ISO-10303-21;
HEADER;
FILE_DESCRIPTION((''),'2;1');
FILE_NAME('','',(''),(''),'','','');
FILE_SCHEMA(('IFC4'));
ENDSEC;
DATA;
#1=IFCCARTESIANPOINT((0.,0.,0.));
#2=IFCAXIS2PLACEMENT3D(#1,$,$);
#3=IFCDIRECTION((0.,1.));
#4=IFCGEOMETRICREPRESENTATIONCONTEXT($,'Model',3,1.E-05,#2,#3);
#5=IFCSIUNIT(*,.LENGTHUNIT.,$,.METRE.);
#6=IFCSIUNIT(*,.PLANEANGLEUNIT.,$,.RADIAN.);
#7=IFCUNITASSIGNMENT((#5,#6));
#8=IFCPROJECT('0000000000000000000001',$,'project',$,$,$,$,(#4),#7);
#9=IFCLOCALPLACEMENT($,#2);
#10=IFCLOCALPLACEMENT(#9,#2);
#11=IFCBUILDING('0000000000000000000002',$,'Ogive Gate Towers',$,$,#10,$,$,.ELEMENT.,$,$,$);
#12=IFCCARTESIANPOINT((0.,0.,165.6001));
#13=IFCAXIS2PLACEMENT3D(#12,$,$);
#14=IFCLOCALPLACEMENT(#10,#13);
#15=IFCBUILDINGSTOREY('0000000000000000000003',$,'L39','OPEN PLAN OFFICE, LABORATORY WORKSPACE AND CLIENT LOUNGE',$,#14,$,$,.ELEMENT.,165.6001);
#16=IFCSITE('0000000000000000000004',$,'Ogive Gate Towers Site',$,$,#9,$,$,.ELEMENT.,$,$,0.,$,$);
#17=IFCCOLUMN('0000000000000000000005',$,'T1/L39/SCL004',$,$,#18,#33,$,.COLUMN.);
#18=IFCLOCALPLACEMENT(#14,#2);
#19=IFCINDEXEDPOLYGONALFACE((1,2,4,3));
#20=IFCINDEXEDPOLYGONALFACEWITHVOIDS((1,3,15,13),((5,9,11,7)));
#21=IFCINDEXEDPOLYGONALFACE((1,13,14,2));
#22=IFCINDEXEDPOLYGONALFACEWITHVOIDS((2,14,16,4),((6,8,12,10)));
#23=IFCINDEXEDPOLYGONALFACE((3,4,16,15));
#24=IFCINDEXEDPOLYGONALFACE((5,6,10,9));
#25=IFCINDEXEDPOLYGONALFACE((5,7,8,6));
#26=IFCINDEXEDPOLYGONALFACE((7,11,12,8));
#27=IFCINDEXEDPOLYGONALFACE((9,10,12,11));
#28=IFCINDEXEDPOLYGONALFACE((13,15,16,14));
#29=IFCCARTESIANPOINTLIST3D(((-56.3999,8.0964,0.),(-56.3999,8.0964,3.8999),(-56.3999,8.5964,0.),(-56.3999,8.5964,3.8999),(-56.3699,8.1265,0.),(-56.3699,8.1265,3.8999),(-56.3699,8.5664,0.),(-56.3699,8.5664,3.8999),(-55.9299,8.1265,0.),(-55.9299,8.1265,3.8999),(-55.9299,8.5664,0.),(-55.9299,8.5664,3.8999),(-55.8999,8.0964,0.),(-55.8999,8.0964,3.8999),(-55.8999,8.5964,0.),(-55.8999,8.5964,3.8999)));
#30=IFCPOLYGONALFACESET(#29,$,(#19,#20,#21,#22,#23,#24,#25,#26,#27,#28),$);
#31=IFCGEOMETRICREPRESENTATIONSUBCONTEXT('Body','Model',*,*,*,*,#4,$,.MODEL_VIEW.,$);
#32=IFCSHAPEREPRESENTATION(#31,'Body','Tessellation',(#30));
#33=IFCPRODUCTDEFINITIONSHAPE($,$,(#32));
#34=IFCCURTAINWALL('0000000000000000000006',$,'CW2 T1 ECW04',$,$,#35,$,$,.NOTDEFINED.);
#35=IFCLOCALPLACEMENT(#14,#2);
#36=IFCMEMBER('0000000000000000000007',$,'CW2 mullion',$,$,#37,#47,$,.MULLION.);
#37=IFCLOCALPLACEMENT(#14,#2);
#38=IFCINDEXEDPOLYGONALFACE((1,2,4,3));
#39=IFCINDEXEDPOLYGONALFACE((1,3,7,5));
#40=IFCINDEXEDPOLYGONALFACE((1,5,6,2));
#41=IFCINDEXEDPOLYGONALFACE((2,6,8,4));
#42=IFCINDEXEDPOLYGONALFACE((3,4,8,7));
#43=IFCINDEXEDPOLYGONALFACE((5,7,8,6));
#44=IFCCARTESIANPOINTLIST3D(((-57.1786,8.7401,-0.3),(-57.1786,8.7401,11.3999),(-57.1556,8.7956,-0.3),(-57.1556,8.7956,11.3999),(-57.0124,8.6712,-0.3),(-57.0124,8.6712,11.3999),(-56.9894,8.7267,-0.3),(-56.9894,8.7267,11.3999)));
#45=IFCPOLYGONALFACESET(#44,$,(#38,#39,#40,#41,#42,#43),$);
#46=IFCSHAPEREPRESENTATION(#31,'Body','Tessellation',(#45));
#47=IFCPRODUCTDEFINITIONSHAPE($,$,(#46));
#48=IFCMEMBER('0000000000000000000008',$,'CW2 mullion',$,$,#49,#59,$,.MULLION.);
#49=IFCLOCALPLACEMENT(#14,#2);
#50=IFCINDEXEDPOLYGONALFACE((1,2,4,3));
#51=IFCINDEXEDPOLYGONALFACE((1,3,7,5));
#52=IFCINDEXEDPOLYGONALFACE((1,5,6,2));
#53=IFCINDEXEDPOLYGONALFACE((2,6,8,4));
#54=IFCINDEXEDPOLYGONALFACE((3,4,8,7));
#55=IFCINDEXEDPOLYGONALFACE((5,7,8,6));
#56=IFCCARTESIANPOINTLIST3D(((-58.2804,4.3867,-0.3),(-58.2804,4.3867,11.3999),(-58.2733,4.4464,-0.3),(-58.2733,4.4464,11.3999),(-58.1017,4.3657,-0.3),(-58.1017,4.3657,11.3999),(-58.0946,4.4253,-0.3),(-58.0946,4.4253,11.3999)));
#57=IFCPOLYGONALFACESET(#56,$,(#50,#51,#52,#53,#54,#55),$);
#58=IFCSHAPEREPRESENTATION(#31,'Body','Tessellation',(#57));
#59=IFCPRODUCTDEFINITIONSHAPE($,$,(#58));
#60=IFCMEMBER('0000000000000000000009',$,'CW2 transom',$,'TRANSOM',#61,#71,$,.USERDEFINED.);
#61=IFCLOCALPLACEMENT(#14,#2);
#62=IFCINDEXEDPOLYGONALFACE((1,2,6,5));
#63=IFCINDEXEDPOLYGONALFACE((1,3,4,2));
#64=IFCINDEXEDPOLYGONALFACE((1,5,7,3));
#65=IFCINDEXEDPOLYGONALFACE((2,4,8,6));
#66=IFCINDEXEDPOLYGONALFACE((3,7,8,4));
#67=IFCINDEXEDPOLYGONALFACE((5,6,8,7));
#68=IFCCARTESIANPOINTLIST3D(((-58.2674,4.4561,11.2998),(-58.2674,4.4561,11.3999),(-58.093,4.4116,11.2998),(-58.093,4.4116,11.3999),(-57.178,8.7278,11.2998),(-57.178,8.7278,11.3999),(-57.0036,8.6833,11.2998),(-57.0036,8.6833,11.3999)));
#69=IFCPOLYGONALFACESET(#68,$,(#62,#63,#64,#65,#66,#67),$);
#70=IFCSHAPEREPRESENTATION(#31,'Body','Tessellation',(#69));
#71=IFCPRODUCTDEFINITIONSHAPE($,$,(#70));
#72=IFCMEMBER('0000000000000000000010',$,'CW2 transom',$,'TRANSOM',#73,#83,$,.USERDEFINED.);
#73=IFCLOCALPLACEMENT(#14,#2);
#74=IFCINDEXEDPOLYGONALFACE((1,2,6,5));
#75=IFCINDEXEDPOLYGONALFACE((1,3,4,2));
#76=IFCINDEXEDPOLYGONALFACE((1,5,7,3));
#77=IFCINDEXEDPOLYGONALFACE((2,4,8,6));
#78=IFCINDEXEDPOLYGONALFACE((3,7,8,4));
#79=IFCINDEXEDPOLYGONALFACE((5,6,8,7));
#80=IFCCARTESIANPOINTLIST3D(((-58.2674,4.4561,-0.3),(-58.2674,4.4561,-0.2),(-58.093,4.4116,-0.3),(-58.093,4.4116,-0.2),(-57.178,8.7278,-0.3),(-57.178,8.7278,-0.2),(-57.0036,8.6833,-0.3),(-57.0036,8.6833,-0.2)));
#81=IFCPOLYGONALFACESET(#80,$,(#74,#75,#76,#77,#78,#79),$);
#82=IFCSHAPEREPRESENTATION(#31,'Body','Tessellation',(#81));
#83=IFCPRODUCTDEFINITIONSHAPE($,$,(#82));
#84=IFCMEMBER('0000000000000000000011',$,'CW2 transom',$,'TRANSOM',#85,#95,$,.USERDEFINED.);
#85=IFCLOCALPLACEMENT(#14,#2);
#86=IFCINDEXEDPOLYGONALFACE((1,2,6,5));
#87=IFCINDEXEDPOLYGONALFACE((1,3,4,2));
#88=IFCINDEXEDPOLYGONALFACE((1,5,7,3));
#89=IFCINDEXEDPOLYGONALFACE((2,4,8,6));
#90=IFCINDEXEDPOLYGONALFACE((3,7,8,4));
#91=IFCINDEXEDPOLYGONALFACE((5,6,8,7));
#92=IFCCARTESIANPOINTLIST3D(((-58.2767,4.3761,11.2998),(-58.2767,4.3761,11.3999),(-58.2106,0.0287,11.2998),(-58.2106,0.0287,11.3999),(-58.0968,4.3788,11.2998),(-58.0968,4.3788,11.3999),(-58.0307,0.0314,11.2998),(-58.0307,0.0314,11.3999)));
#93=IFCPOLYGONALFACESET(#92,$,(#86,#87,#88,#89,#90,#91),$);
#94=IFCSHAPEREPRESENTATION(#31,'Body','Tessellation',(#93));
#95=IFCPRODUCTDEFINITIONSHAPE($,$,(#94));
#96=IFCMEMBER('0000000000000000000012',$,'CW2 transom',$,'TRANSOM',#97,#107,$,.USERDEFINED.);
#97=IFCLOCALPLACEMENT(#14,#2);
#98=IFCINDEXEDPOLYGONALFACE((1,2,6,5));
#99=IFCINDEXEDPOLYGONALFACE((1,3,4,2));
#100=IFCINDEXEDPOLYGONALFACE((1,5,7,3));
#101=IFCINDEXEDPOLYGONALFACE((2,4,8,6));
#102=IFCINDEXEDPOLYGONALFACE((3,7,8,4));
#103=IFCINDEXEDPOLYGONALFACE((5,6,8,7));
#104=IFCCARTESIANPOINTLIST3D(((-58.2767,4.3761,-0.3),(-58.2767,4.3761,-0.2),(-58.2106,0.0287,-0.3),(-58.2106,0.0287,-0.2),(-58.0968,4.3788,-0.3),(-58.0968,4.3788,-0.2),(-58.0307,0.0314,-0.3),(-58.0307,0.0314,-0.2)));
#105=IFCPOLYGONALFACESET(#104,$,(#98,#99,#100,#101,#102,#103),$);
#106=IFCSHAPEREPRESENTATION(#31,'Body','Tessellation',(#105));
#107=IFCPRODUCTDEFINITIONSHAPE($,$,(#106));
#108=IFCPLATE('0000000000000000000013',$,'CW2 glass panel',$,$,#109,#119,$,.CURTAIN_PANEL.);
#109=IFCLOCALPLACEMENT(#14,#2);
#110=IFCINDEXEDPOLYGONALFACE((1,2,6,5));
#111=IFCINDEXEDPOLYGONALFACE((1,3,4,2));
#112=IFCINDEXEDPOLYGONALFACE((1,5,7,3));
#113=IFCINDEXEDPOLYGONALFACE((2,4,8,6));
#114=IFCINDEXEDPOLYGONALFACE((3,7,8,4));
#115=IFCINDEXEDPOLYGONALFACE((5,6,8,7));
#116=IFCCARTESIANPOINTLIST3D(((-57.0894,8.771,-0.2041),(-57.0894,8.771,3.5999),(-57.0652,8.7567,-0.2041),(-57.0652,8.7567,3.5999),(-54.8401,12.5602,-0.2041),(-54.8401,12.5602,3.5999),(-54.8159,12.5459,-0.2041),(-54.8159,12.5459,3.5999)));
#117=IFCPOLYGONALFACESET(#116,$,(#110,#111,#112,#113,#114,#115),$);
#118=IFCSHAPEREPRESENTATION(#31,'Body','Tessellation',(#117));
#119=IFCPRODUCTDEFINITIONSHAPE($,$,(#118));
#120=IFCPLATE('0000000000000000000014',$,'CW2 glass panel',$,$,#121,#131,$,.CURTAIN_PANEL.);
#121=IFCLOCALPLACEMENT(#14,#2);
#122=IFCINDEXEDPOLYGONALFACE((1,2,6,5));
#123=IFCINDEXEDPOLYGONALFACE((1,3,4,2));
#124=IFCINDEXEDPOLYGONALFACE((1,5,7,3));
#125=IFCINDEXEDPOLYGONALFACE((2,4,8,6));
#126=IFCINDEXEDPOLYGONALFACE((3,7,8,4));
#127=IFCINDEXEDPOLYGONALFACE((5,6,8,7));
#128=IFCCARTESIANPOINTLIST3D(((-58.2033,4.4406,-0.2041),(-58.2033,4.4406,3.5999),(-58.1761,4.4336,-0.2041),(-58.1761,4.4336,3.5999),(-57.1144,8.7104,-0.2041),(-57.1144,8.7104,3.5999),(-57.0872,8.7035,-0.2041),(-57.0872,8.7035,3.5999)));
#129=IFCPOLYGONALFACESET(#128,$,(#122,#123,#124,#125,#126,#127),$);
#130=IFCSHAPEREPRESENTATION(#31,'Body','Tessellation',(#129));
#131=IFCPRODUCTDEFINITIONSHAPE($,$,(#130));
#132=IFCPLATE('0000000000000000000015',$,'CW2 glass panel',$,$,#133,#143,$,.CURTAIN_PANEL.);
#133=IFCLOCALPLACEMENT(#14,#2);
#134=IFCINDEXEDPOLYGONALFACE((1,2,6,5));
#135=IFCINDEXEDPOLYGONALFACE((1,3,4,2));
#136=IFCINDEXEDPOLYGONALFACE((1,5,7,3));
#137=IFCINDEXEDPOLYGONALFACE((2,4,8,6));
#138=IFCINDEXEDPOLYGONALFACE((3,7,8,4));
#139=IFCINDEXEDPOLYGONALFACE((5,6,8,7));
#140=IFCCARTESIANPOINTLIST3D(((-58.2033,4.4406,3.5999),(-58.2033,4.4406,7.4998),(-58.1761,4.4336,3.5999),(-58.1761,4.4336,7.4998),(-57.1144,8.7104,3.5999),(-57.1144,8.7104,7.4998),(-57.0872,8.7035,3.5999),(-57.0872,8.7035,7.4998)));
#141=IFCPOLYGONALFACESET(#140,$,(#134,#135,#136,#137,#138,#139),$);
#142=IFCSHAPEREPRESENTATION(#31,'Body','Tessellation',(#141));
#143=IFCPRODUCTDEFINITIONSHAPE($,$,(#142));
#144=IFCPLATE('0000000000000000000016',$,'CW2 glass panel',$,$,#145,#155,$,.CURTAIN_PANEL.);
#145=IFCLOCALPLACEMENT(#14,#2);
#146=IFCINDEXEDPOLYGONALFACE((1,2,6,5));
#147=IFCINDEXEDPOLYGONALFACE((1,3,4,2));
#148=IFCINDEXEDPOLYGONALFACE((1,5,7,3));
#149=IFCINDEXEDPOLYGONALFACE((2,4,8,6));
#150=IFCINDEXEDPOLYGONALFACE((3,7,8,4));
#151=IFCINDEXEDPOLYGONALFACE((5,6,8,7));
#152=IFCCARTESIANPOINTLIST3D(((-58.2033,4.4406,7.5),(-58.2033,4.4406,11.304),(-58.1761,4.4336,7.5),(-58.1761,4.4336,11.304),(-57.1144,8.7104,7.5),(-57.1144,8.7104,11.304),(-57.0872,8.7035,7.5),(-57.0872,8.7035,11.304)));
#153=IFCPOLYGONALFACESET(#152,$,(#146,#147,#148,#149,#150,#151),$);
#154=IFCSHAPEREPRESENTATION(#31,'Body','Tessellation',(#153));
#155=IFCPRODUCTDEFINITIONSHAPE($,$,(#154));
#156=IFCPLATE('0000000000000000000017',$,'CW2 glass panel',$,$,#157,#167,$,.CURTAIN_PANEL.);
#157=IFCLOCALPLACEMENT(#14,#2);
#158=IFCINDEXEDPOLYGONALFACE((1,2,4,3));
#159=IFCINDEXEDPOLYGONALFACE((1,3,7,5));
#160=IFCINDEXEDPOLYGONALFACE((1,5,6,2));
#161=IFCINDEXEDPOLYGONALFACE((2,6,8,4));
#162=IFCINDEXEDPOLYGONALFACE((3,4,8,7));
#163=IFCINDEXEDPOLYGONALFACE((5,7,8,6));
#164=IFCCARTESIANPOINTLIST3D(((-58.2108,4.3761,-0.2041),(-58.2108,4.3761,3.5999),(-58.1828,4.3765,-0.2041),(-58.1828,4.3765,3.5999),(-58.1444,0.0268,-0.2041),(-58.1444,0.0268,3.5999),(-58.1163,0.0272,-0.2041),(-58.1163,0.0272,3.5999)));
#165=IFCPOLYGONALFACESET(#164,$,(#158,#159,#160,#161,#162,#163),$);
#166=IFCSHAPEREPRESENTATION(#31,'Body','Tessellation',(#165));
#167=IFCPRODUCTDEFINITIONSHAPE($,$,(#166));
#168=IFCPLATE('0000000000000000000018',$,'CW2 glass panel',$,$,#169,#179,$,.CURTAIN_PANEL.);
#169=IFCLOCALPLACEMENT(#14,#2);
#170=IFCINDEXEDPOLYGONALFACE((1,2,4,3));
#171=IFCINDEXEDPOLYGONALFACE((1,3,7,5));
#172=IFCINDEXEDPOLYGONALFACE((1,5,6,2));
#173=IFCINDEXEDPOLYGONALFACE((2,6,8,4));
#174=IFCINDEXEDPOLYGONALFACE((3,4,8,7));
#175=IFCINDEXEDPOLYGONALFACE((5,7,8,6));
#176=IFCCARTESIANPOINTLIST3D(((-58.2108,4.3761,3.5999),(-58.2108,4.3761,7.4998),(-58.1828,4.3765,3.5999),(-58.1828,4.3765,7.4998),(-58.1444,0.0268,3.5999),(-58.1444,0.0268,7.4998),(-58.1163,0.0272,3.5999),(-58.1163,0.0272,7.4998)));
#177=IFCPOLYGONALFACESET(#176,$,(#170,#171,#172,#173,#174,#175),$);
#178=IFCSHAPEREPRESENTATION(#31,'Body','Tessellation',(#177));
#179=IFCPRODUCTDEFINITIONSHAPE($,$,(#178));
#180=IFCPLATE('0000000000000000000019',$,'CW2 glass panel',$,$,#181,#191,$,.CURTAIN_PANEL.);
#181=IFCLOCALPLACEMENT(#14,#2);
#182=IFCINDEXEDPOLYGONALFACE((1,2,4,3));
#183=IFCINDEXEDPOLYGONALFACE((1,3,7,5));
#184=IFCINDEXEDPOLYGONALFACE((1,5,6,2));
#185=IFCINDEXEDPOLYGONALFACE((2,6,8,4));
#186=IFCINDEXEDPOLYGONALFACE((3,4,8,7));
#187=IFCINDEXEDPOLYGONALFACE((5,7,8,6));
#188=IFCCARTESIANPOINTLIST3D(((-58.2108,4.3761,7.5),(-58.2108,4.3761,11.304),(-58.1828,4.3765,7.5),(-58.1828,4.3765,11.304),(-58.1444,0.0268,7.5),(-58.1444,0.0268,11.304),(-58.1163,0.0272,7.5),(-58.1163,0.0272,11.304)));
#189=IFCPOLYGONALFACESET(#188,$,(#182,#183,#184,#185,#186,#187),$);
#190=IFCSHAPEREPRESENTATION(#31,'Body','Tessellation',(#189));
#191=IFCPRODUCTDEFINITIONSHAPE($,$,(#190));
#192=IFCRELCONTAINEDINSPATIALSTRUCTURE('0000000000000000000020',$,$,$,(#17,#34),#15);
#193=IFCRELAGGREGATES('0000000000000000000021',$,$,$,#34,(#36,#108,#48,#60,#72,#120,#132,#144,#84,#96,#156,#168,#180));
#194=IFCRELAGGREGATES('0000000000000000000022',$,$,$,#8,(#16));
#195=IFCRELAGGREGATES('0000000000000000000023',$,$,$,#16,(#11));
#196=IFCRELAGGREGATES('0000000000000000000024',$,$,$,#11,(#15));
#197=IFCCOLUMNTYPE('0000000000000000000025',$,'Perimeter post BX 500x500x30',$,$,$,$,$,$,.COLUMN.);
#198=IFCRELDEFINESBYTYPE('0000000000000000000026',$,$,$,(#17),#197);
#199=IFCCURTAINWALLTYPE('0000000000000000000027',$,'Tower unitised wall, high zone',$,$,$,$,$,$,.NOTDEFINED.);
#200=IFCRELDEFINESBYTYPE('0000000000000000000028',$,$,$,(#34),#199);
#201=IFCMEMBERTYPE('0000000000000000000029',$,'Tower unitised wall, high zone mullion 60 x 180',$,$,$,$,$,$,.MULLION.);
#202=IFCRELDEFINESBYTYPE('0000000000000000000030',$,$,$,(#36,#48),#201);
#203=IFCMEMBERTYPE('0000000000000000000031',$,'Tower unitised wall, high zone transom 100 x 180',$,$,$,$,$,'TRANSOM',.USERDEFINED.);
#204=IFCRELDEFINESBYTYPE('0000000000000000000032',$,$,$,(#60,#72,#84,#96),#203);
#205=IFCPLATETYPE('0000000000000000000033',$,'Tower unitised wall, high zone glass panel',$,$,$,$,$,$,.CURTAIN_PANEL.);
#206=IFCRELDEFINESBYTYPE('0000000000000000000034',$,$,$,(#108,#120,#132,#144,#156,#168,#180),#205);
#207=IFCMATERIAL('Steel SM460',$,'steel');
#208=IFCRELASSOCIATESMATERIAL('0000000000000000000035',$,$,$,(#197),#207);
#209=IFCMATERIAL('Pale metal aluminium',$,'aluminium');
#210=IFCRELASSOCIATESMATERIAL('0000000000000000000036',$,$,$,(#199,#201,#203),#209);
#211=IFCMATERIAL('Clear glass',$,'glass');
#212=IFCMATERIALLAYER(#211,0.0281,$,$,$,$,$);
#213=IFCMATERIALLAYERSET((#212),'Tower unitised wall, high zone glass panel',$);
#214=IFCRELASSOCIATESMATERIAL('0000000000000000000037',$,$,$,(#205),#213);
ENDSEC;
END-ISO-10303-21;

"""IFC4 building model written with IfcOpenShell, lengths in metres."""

from ifc_helpers import new_model, si_unit, direction, frame, origin, origin_2d, place, context, subcontext, project, spatial, rectangle, hollow_rectangle, extrude, material, layer, layer_set, material_profile, profile_set, type_object, element, aggregate, save


model = new_model("IFC4")

# Units and contexts
model_context = context("Model", 3, precision=1e-05, world=origin(), true_north=direction((0.0, 1.0)))
body_context = subcontext(model_context, "Body", "Model", "MODEL_VIEW")
ifc_project = project(units=[si_unit("LENGTHUNIT", "METRE"), si_unit("PLANEANGLEUNIT", "RADIAN")], contexts=[model_context])

# Site, building, storey
site_placement = place(None, origin())
site = spatial("IfcSite", under=ifc_project, at=site_placement, Name="Ogive Gate Towers Site", CompositionType="ELEMENT", RefElevation=0.0)
building_placement = place(site_placement, origin())
building = spatial("IfcBuilding", under=site, at=building_placement, Name="Ogive Gate Towers", CompositionType="ELEMENT")
storey_placement = place(building_placement, frame((0.0, 0.0, 165.6001)))
storey = spatial("IfcBuildingStorey", under=building, at=storey_placement, Name="L39", Description="OPEN PLAN OFFICE, LABORATORY WORKSPACE AND CLIENT LOUNGE", CompositionType="ELEMENT", Elevation=165.6001)

# Column
ifc_material_1 = material(Name="Steel SM460", Category="steel")
ifc_material_profile_1 = material_profile(ifc_material_1, hollow_rectangle(XDim=0.5, YDim=0.5, WallThickness=0.03, at=origin_2d()), Name="BX 500x500x30")
ifc_profile_set_1 = profile_set([ifc_material_profile_1], Name="Steel SM460")
column_type = type_object("IfcColumnType", Name="Perimeter post BX 500x500x30", PredefinedType="COLUMN", material=ifc_profile_set_1)
column_placement = place(storey_placement, frame((-56.1499, 8.3464, 0.0), z_axis=(0.0, 0.0, 1.0), x_axis=(1.0, 0.0, 0.0)))
element("IfcColumn", 1, at=column_placement, inside=storey, type_object=column_type, Name="T1/L39/SCL004", PredefinedType="COLUMN", context=body_context, shape_type="SweptSolid", body=[
    extrude(hollow_rectangle(XDim=0.5, YDim=0.5, WallThickness=0.03, at=origin_2d()), origin(), (0.0, 0.0, 1.0), 3.8999),
])

# Curtain wall, members, plates
ifc_material_2 = material(Name="Pale metal aluminium", Category="aluminium")
curtain_wall_type = type_object("IfcCurtainWallType", Name="Tower unitised wall, high zone", PredefinedType="NOTDEFINED", material=ifc_material_2)
curtain_wall_placement = place(storey_placement, origin())
curtain_wall = element("IfcCurtainWall", 2, at=curtain_wall_placement, inside=storey, type_object=curtain_wall_type, Name="CW2 T1 ECW04", PredefinedType="NOTDEFINED")
ifc_material_profile_2 = material_profile(ifc_material_2, rectangle(XDim=0.1799, YDim=0.0601, at=origin_2d()), Name="60 x 180 aluminium box")
ifc_profile_set_2 = profile_set([ifc_material_profile_2], Name="Pale metal aluminium")
member_type_1 = type_object("IfcMemberType", Name="Tower unitised wall, high zone mullion 60 x 180", PredefinedType="MULLION", material=ifc_profile_set_2)
member_1_placement = place(storey_placement, frame((-57.084, 8.7334, -0.3), z_axis=(0.0, 0.0, 1.0), x_axis=(-0.92388, 0.382683, 0.0)))
member_1 = element("IfcMember", 3, at=member_1_placement, type_object=member_type_1, Name="CW2 mullion", PredefinedType="MULLION", context=body_context, shape_type="SweptSolid", body=[
    extrude(rectangle(XDim=0.1799, YDim=0.0601, at=origin_2d()), origin(), (0.0, 0.0, 1.0), 11.7),
])
member_2_placement = place(storey_placement, frame((-58.1875, 4.406, -0.3), z_axis=(0.0, 0.0, 1.0), x_axis=(-0.993138, 0.116948, 0.0)))
member_2 = element("IfcMember", 4, at=member_2_placement, type_object=member_type_1, Name="CW2 mullion", PredefinedType="MULLION", context=body_context, shape_type="SweptSolid", body=[
    extrude(rectangle(XDim=0.1799, YDim=0.0601, at=origin_2d()), origin(), (0.0, 0.0, 1.0), 11.7),
])
ifc_material_profile_3 = material_profile(ifc_material_2, rectangle(XDim=0.1799, YDim=0.1001, at=origin_2d()), Name="100 x 180 aluminium box")
ifc_profile_set_3 = profile_set([ifc_material_profile_3], Name="Pale metal aluminium")
member_type_2 = type_object("IfcMemberType", Name="Tower unitised wall, high zone transom 100 x 180", ElementType="TRANSOM", PredefinedType="USERDEFINED", material=ifc_profile_set_3)
member_3_placement = place(storey_placement, frame((-57.0908, 8.7056, 11.3499), z_axis=(-0.247107, -0.968988, 0.0), x_axis=(0.968988, -0.247107, 0.0)))
member_3 = element("IfcMember", 5, at=member_3_placement, type_object=member_type_2, Name="CW2 transom", ObjectType="TRANSOM", PredefinedType="USERDEFINED", context=body_context, shape_type="SweptSolid", body=[
    extrude(rectangle(XDim=0.1799, YDim=0.1001, at=origin_2d()), origin(), (0.0, 0.0, 1.0), 4.4084),
])
member_4_placement = place(storey_placement, frame((-57.0908, 8.7056, -0.25), z_axis=(-0.247107, -0.968988, 0.0), x_axis=(0.968988, -0.247107, 0.0)))
member_4 = element("IfcMember", 6, at=member_4_placement, type_object=member_type_2, Name="CW2 transom", ObjectType="TRANSOM", PredefinedType="USERDEFINED", context=body_context, shape_type="SweptSolid", body=[
    extrude(rectangle(XDim=0.1799, YDim=0.1001, at=origin_2d()), origin(), (0.0, 0.0, 1.0), 4.4084),
])
member_5_placement = place(storey_placement, frame((-58.1868, 4.3774, 11.3499), z_axis=(0.015217, -0.999884, 0.0), x_axis=(0.999884, 0.015217, 0.0)))
member_5 = element("IfcMember", 7, at=member_5_placement, type_object=member_type_2, Name="CW2 transom", ObjectType="TRANSOM", PredefinedType="USERDEFINED", context=body_context, shape_type="SweptSolid", body=[
    extrude(rectangle(XDim=0.1799, YDim=0.1001, at=origin_2d()), origin(), (0.0, 0.0, 1.0), 4.3479),
])
member_6_placement = place(storey_placement, frame((-58.1868, 4.3774, -0.25), z_axis=(0.015217, -0.999884, 0.0), x_axis=(0.999884, 0.015217, 0.0)))
member_6 = element("IfcMember", 8, at=member_6_placement, type_object=member_type_2, Name="CW2 transom", ObjectType="TRANSOM", PredefinedType="USERDEFINED", context=body_context, shape_type="SweptSolid", body=[
    extrude(rectangle(XDim=0.1799, YDim=0.1001, at=origin_2d()), origin(), (0.0, 0.0, 1.0), 4.3479),
])
ifc_material_3 = material(Name="Clear glass", Category="glass")
ifc_layer_1 = layer(ifc_material_3, 0.0281)
ifc_layer_set_1 = layer_set([ifc_layer_1], Name="Tower unitised wall, high zone glass panel")
plate_type = type_object("IfcPlateType", Name="Tower unitised wall, high zone glass panel", PredefinedType="CURTAIN_PANEL", material=ifc_layer_set_1)
plate_1_placement = place(storey_placement, frame((-55.9526, 10.6584, -0.2041), z_axis=(0.0, 0.0, 1.0), x_axis=(-0.510453, -0.859906, 0.0)))
plate_1 = element("IfcPlate", 9, at=plate_1_placement, type_object=plate_type, Name="CW2 glass panel", PredefinedType="CURTAIN_PANEL", context=body_context, shape_type="SweptSolid", body=[
    extrude(rectangle(XDim=4.4065, YDim=0.0281, at=origin_2d()), origin(), (0.0, 0.0, 1.0), 3.804),
])
plate_2_placement = place(storey_placement, frame((-57.6453, 6.572, -0.2041), z_axis=(0.0, 0.0, 1.0), x_axis=(-0.2471, -0.96899, 0.0)))
plate_2 = element("IfcPlate", 10, at=plate_2_placement, type_object=plate_type, Name="CW2 glass panel", PredefinedType="CURTAIN_PANEL", context=body_context, shape_type="SweptSolid", body=[
    extrude(rectangle(XDim=4.4065, YDim=0.0281, at=origin_2d()), origin(), (0.0, 0.0, 1.0), 3.804),
])
plate_3_placement = place(storey_placement, frame((-57.6453, 6.572, 3.5999), z_axis=(0.0, 0.0, 1.0), x_axis=(-0.2471, -0.96899, 0.0)))
plate_3 = element("IfcPlate", 11, at=plate_3_placement, type_object=plate_type, Name="CW2 glass panel", PredefinedType="CURTAIN_PANEL", context=body_context, shape_type="SweptSolid", body=[
    extrude(rectangle(XDim=4.4065, YDim=0.0281, at=origin_2d()), origin(), (0.0, 0.0, 1.0), 3.8999),
])
plate_4_placement = place(storey_placement, frame((-57.6453, 6.572, 7.5), z_axis=(0.0, 0.0, 1.0), x_axis=(-0.2471, -0.96899, 0.0)))
plate_4 = element("IfcPlate", 12, at=plate_4_placement, type_object=plate_type, Name="CW2 glass panel", PredefinedType="CURTAIN_PANEL", context=body_context, shape_type="SweptSolid", body=[
    extrude(rectangle(XDim=4.4065, YDim=0.0281, at=origin_2d()), origin(), (0.0, 0.0, 1.0), 3.804),
])
plate_5_placement = place(storey_placement, frame((-58.1636, 2.2017, -0.2041), z_axis=(0.0, 0.0, 1.0), x_axis=(0.015271, -0.999883, 0.0)))
plate_5 = element("IfcPlate", 13, at=plate_5_placement, type_object=plate_type, Name="CW2 glass panel", PredefinedType="CURTAIN_PANEL", context=body_context, shape_type="SweptSolid", body=[
    extrude(rectangle(XDim=4.3499, YDim=0.0281, at=origin_2d()), origin(), (0.0, 0.0, 1.0), 3.804),
])
plate_6_placement = place(storey_placement, frame((-58.1636, 2.2017, 3.5999), z_axis=(0.0, 0.0, 1.0), x_axis=(0.015271, -0.999883, 0.0)))
plate_6 = element("IfcPlate", 14, at=plate_6_placement, type_object=plate_type, Name="CW2 glass panel", PredefinedType="CURTAIN_PANEL", context=body_context, shape_type="SweptSolid", body=[
    extrude(rectangle(XDim=4.3499, YDim=0.0281, at=origin_2d()), origin(), (0.0, 0.0, 1.0), 3.8999),
])
plate_7_placement = place(storey_placement, frame((-58.1636, 2.2017, 7.5), z_axis=(0.0, 0.0, 1.0), x_axis=(0.015271, -0.999883, 0.0)))
plate_7 = element("IfcPlate", 15, at=plate_7_placement, type_object=plate_type, Name="CW2 glass panel", PredefinedType="CURTAIN_PANEL", context=body_context, shape_type="SweptSolid", body=[
    extrude(rectangle(XDim=4.3499, YDim=0.0281, at=origin_2d()), origin(), (0.0, 0.0, 1.0), 3.804),
])
aggregate(curtain_wall, [member_1, plate_1, member_2, member_3, member_4, plate_2, plate_3, plate_4, member_5, member_6, plate_5, plate_6, plate_7])

save(model, "model.ifc")
